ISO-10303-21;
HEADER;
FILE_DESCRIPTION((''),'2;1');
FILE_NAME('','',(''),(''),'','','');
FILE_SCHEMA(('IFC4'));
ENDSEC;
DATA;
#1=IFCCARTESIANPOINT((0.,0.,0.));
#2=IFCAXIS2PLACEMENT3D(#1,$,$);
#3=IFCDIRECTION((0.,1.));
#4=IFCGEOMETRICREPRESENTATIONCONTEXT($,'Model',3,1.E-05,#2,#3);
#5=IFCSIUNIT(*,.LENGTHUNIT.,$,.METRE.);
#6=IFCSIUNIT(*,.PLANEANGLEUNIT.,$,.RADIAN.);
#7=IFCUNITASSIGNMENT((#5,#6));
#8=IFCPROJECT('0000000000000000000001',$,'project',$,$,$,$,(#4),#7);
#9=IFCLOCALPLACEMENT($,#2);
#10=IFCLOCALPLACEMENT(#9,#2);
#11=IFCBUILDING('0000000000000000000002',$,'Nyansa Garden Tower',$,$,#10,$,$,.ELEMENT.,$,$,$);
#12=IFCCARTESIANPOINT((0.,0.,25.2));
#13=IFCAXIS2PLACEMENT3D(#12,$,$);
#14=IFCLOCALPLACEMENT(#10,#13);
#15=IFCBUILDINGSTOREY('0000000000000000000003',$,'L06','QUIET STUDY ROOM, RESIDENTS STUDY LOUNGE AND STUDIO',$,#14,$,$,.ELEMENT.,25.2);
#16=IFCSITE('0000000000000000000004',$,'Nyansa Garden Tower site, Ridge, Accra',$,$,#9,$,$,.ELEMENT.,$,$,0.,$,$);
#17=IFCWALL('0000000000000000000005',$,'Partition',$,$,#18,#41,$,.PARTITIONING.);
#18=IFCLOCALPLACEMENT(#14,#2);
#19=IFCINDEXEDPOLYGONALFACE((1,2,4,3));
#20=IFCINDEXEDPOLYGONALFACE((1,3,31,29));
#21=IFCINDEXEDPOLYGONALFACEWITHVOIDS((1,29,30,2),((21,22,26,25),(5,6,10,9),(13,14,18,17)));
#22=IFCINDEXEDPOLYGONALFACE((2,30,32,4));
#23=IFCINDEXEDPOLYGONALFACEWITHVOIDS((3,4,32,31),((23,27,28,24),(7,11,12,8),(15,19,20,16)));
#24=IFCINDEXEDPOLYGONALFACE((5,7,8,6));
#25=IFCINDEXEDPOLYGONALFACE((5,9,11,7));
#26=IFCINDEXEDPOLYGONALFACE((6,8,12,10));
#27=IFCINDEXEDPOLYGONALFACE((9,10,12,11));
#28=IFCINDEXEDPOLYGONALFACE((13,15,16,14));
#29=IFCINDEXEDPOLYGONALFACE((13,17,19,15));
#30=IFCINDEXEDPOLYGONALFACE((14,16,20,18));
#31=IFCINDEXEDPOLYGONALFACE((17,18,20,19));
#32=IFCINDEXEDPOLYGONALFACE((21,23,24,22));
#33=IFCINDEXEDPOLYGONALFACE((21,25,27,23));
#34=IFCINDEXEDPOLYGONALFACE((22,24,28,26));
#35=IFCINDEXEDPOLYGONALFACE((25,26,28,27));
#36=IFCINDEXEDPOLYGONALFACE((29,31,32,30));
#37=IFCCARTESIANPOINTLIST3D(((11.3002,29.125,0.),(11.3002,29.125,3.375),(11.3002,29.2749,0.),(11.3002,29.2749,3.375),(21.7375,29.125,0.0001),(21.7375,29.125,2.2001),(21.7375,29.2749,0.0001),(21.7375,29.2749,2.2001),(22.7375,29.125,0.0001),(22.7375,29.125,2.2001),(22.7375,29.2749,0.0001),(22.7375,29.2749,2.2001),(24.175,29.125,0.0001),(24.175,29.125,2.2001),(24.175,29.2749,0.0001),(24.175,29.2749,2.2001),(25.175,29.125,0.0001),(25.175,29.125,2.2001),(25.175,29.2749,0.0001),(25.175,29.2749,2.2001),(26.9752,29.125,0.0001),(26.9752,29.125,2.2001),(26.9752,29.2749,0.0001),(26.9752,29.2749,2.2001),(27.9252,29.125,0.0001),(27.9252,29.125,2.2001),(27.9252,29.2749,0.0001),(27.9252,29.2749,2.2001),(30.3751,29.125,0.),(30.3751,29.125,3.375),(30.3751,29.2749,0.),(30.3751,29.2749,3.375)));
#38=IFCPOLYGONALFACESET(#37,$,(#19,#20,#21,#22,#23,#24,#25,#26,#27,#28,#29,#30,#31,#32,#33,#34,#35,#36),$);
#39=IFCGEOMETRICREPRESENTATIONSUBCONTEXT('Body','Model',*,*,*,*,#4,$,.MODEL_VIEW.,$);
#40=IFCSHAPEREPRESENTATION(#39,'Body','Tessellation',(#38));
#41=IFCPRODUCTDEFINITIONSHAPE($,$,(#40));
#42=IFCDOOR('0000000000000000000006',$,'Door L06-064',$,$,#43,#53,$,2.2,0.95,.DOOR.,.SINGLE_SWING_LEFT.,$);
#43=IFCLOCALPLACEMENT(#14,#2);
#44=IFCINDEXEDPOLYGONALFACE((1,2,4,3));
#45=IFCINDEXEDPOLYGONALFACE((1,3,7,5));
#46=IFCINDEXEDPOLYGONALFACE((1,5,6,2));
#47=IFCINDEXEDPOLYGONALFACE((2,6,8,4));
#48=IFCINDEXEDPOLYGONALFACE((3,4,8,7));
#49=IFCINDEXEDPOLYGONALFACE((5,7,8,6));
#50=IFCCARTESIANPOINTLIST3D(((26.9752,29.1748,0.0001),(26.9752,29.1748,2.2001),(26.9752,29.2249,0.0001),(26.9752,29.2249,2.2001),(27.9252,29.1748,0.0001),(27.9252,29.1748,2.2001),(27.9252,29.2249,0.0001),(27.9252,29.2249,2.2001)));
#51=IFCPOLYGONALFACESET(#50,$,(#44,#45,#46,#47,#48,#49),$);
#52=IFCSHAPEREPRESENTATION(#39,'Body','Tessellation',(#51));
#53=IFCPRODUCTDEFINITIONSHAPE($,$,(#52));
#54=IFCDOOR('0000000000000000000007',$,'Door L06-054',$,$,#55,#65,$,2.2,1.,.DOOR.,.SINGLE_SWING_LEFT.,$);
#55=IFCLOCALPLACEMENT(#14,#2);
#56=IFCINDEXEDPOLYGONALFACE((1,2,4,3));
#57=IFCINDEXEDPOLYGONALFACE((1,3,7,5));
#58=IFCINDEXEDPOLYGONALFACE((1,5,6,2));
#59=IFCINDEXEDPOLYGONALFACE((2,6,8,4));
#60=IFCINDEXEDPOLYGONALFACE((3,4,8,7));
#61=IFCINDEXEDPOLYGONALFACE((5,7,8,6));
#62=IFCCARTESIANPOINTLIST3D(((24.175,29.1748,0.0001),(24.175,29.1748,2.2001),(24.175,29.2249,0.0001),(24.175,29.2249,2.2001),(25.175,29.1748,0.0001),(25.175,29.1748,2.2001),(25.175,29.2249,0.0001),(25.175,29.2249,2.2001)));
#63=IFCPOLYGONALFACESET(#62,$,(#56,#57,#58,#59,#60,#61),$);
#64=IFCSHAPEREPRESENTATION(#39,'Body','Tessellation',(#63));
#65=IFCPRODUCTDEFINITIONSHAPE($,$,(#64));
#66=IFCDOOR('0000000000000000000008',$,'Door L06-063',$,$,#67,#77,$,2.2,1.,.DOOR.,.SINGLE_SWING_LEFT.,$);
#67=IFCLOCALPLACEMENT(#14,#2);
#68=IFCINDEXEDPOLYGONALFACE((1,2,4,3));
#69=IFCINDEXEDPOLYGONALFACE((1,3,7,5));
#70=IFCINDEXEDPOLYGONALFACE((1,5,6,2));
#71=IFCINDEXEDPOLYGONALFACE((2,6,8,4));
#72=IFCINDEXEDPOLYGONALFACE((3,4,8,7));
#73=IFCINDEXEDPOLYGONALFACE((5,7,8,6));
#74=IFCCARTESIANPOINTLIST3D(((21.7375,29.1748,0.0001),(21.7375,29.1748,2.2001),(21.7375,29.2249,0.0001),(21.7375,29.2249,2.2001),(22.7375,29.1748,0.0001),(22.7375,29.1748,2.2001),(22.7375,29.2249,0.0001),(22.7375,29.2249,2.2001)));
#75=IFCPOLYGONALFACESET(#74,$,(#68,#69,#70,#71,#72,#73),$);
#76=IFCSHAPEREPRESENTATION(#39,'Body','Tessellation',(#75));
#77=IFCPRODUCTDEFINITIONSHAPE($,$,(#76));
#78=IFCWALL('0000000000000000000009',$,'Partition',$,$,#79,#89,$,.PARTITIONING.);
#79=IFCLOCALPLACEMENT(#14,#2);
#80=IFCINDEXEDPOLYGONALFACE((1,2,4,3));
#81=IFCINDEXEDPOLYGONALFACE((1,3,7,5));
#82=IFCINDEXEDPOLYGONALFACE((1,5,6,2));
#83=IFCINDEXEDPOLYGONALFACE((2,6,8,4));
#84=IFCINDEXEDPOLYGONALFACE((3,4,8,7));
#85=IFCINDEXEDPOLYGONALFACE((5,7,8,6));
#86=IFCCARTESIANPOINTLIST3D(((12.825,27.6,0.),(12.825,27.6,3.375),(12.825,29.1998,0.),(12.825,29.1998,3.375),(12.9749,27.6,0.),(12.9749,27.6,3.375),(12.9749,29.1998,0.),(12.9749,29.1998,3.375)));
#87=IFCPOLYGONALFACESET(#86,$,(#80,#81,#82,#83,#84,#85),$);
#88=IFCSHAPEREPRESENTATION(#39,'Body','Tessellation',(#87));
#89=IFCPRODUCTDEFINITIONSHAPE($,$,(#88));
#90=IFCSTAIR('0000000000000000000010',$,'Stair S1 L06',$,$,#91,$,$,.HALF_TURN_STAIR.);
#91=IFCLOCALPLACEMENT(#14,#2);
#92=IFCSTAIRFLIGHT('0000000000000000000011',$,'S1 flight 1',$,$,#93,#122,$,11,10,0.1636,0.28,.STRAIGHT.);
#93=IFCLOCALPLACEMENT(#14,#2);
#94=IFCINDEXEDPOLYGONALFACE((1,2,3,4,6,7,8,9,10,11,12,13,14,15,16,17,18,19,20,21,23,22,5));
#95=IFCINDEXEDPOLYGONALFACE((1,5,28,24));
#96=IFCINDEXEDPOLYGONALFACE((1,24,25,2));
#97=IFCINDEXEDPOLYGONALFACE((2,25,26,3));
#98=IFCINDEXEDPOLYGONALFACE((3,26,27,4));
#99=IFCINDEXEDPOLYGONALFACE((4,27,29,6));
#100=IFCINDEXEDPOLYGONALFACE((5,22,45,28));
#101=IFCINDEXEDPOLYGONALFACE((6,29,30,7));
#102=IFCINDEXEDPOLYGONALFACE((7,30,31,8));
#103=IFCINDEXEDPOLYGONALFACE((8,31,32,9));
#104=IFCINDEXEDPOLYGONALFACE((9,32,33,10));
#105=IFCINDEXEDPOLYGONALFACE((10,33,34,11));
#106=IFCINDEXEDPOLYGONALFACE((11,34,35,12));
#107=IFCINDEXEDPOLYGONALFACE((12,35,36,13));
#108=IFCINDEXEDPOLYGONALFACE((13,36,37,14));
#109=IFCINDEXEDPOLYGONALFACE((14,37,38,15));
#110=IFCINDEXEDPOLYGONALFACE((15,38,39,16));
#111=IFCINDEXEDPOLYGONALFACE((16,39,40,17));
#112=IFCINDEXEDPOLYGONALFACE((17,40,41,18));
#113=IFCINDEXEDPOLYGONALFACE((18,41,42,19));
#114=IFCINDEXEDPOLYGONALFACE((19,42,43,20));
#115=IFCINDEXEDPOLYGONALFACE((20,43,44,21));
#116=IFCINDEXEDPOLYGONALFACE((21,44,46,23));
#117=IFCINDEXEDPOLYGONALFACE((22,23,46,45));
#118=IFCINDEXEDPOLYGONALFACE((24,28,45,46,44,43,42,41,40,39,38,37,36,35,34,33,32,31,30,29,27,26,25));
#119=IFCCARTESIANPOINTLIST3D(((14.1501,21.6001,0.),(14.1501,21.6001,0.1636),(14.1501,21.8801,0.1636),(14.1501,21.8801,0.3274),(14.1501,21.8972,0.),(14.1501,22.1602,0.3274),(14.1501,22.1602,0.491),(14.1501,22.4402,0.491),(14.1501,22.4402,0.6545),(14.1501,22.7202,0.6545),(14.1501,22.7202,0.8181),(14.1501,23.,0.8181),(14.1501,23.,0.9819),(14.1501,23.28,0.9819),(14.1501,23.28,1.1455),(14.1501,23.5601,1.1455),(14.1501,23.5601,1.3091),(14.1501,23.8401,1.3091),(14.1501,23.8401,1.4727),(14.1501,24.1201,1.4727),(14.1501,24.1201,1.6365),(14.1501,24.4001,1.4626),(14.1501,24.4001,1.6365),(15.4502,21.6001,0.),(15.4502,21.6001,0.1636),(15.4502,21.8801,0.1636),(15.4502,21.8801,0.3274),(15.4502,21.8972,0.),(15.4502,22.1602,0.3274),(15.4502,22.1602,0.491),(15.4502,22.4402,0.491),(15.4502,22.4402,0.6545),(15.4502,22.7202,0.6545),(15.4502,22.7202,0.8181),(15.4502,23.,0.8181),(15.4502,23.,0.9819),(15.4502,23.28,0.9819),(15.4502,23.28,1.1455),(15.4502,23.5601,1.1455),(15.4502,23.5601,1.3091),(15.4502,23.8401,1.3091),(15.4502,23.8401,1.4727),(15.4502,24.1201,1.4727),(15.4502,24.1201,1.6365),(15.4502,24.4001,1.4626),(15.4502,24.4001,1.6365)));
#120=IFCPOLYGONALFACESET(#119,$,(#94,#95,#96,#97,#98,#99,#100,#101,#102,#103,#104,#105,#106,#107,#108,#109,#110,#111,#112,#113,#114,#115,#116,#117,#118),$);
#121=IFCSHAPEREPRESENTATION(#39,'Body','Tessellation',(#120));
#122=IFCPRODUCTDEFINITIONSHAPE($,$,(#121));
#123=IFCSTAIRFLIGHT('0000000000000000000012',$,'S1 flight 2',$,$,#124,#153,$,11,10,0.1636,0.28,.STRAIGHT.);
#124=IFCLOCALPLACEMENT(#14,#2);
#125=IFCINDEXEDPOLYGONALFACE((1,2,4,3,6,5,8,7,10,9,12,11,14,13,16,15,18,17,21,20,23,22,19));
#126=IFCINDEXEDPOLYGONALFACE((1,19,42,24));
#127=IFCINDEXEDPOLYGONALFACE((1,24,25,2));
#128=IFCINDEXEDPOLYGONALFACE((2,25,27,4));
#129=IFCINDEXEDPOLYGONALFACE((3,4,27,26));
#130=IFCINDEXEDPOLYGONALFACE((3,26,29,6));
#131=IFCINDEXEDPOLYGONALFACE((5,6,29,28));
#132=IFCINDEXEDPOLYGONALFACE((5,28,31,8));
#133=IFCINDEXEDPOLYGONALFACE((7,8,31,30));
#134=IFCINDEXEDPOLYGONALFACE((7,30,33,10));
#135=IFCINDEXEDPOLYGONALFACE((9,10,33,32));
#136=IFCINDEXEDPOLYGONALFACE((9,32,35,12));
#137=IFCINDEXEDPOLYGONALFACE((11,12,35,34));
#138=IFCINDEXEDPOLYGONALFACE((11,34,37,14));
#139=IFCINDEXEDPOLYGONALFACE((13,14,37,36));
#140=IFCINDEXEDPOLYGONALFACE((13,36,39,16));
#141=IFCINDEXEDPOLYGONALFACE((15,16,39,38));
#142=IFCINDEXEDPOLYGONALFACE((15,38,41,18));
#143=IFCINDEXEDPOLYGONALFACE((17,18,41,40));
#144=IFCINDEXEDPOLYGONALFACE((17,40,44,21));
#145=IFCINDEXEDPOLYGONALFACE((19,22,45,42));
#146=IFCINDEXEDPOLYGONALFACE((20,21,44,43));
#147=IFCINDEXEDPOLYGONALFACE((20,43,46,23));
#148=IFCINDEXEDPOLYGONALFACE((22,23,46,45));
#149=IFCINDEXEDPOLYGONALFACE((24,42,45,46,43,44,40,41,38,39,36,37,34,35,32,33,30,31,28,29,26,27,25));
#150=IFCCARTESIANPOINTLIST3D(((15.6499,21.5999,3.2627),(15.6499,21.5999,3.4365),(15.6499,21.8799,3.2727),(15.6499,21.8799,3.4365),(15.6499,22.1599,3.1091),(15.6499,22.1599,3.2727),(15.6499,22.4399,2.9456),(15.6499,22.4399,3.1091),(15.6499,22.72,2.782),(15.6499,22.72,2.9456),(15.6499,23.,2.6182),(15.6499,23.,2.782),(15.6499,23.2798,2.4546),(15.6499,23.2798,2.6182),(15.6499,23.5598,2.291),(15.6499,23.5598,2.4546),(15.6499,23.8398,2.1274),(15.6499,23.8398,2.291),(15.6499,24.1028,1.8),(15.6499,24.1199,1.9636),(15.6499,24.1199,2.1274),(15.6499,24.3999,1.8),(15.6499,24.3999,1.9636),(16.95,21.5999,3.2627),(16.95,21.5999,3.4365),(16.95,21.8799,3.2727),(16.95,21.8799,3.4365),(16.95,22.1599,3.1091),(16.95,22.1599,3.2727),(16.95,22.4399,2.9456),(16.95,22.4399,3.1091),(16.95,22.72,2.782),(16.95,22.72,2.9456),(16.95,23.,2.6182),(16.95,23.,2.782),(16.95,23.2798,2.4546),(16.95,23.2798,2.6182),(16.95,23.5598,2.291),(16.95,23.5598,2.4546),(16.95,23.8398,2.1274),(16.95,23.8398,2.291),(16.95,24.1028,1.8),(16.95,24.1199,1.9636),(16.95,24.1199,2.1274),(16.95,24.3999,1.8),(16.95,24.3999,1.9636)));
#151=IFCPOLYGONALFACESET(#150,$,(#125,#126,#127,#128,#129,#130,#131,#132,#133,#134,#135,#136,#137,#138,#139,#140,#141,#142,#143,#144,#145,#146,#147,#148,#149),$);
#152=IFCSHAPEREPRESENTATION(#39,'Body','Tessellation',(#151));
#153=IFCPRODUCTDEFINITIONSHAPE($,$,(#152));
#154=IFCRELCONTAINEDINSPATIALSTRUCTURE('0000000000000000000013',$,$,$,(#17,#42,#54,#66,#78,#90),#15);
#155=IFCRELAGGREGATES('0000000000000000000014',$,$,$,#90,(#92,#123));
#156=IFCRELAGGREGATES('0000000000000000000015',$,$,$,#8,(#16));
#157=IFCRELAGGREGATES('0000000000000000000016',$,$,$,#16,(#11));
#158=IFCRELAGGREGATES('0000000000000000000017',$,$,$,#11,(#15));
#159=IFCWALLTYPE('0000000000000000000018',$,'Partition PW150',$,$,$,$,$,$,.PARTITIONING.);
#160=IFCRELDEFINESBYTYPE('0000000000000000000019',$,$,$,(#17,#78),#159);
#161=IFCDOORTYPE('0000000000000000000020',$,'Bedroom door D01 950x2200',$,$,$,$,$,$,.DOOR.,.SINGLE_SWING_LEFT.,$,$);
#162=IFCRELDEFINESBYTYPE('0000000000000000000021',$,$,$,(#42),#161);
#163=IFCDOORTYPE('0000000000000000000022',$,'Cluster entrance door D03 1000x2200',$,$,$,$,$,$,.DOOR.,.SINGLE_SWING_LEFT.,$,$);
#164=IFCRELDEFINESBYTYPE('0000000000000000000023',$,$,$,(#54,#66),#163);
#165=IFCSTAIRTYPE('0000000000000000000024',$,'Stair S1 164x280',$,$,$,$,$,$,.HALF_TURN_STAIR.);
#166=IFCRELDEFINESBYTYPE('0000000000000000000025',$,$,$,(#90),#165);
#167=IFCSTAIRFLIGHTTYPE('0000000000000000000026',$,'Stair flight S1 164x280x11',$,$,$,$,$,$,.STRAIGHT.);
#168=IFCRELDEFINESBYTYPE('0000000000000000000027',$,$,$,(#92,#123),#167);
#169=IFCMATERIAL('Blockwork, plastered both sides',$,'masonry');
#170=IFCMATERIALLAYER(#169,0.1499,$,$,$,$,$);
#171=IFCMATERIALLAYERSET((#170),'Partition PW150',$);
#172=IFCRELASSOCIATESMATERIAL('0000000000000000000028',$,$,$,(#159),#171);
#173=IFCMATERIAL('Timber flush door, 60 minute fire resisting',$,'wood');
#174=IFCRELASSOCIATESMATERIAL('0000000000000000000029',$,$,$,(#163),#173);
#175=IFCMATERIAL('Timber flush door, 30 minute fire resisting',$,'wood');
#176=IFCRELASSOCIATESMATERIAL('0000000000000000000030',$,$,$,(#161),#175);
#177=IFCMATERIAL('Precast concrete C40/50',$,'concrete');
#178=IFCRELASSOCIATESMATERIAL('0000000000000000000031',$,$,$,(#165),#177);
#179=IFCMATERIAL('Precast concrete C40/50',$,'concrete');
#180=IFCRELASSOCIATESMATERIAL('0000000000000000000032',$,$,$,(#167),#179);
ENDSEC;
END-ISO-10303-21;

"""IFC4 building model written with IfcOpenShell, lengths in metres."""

from ifc_helpers import new_model, si_unit, direction, frame, frame_2d, origin, place, context, subcontext, project, spatial, polyline, rectangle, outline, extrude, material, layer, layer_set, type_object, element, fill, aggregate, save


model = new_model("IFC4")

# Units and contexts
model_context = context("Model", 3, precision=1e-05, world=origin(), true_north=direction((0.0, 1.0)))
body_context = subcontext(model_context, "Body", "Model", "MODEL_VIEW")
ifc_project = project(units=[si_unit("LENGTHUNIT", "METRE"), si_unit("PLANEANGLEUNIT", "RADIAN")], contexts=[model_context])

# Site, building, storey
site_placement = place(None, origin())
site = spatial("IfcSite", under=ifc_project, at=site_placement, Name="Nyansa Garden Tower site, Ridge, Accra", CompositionType="ELEMENT", RefElevation=0.0)
building_placement = place(site_placement, origin())
building = spatial("IfcBuilding", under=site, at=building_placement, Name="Nyansa Garden Tower", CompositionType="ELEMENT")
storey_placement = place(building_placement, frame((0.0, 0.0, 25.2)))
storey = spatial("IfcBuildingStorey", under=building, at=storey_placement, Name="L06", Description="QUIET STUDY ROOM, RESIDENTS STUDY LOUNGE AND STUDIO", CompositionType="ELEMENT", Elevation=25.2)

# Shared definitions
ifc_material_1 = material(Name="Blockwork, plastered both sides", Category="masonry")
ifc_layer_1 = layer(ifc_material_1, 0.1499)
ifc_layer_set_1 = layer_set([ifc_layer_1], Name="Partition PW150")
wall_type_1 = type_object("IfcWallType", Name="Partition PW150", PredefinedType="PARTITIONING", material=ifc_layer_set_1)

# Shared definitions
ifc_material_2 = material(Name="Timber flush door, 60 minute fire resisting", Category="wood")
door_type_1 = type_object("IfcDoorType", Name="Cluster entrance door D03 1000x2200", OperationType="SINGLE_SWING_LEFT", PredefinedType="DOOR", material=ifc_material_2)

# Shared definitions
ifc_material_3 = material(Name="Timber flush door, 30 minute fire resisting", Category="wood")
door_type_2 = type_object("IfcDoorType", Name="Bedroom door D01 950x2200", OperationType="SINGLE_SWING_LEFT", PredefinedType="DOOR", material=ifc_material_3)

# Wall, openings, doors
wall_1_placement = place(storey_placement, frame((11.3, 29.2, 0.0), z_axis=(0.0, 0.0, 1.0), x_axis=(1.0, 0.0, 0.0)))
wall_1 = element("IfcWall", 1, at=wall_1_placement, inside=storey, type_object=wall_type_1, Name="Partition", PredefinedType="PARTITIONING", context=body_context, shape_type="SweptSolid", body=[
    extrude(rectangle(XDim=19.075, YDim=0.1499, at=frame_2d((9.5376, 0.0))), origin(), (0.0, 0.0, 1.0), 3.375),
])
opening_1_placement = place(wall_1_placement, frame((12.875, 0.0, 0.0)))
opening_1 = element("IfcOpeningElement", 2, at=opening_1_placement, cuts=wall_1, PredefinedType="OPENING", context=body_context, shape_type="SweptSolid", body=[
    extrude(rectangle(XDim=1.0, YDim=2.2, at=frame_2d((0.5, 1.1001))), frame((0.0, 0.085, 0.0), z_axis=(0.0, -1.0, 0.0), x_axis=(1.0, 0.0, 0.0)), (0.0, 0.0, 1.0), 0.1699),
])
opening_2_placement = place(wall_1_placement, frame((10.4375, 0.0, 0.0)))
opening_2 = element("IfcOpeningElement", 3, at=opening_2_placement, cuts=wall_1, PredefinedType="OPENING", context=body_context, shape_type="SweptSolid", body=[
    extrude(rectangle(XDim=1.0, YDim=2.2, at=frame_2d((0.5, 1.1001))), frame((0.0, 0.085, 0.0), z_axis=(0.0, -1.0, 0.0), x_axis=(1.0, 0.0, 0.0)), (0.0, 0.0, 1.0), 0.1699),
])
opening_3_placement = place(wall_1_placement, frame((15.675, 0.0, 0.0)))
opening_3 = element("IfcOpeningElement", 4, at=opening_3_placement, cuts=wall_1, PredefinedType="OPENING", context=body_context, shape_type="SweptSolid", body=[
    extrude(rectangle(XDim=0.95, YDim=2.2, at=frame_2d((0.4751, 1.1001))), frame((0.0, 0.085, 0.0), z_axis=(0.0, -1.0, 0.0), x_axis=(1.0, 0.0, 0.0)), (0.0, 0.0, 1.0), 0.1699),
])
door_1_placement = place(opening_3_placement, origin())
door_1 = element("IfcDoor", 5, at=door_1_placement, inside=storey, type_object=door_type_2, Name="Door L06-064", OperationType="SINGLE_SWING_LEFT", OverallHeight=2.2, OverallWidth=0.95, PredefinedType="DOOR", context=body_context, shape_type="SweptSolid", body=[
    extrude(rectangle(XDim=0.95, YDim=2.2, at=frame_2d((0.4751, 1.1001))), frame((0.0, 0.0249, 0.0), z_axis=(0.0, -1.0, 0.0), x_axis=(1.0, 0.0, 0.0)), (0.0, 0.0, 1.0), 0.05),
])
fill(opening_3, door_1)
door_2_placement = place(opening_1_placement, origin())
door_2 = element("IfcDoor", 6, at=door_2_placement, inside=storey, type_object=door_type_1, Name="Door L06-054", OperationType="SINGLE_SWING_LEFT", OverallHeight=2.2, OverallWidth=1.0, PredefinedType="DOOR", context=body_context, shape_type="SweptSolid", body=[
    extrude(rectangle(XDim=1.0, YDim=2.2, at=frame_2d((0.5, 1.1001))), frame((0.0, 0.0249, 0.0), z_axis=(0.0, -1.0, 0.0), x_axis=(1.0, 0.0, 0.0)), (0.0, 0.0, 1.0), 0.05),
])
fill(opening_1, door_2)
door_3_placement = place(opening_2_placement, origin())
door_3 = element("IfcDoor", 7, at=door_3_placement, inside=storey, type_object=door_type_1, Name="Door L06-063", OperationType="SINGLE_SWING_LEFT", OverallHeight=2.2, OverallWidth=1.0, PredefinedType="DOOR", context=body_context, shape_type="SweptSolid", body=[
    extrude(rectangle(XDim=1.0, YDim=2.2, at=frame_2d((0.5, 1.1001))), frame((0.0, 0.0249, 0.0), z_axis=(0.0, -1.0, 0.0), x_axis=(1.0, 0.0, 0.0)), (0.0, 0.0, 1.0), 0.05),
])
fill(opening_2, door_3)

# Wall
wall_2_placement = place(storey_placement, frame((12.8999, 27.6001, 0.0), z_axis=(0.0, 0.0, 1.0), x_axis=(0.0, 1.0, 0.0)))
element("IfcWall", 8, at=wall_2_placement, inside=storey, type_object=wall_type_1, Name="Partition", PredefinedType="PARTITIONING", context=body_context, shape_type="SweptSolid", body=[
    extrude(rectangle(XDim=1.5999, YDim=0.1499, at=frame_2d((0.7998, 0.0))), origin(), (0.0, 0.0, 1.0), 3.375),
])

# Stair, stair flights
ifc_material_4 = material(Name="Precast concrete C40/50", Category="concrete")
stair_type = type_object("IfcStairType", Name="Stair S1 164x280", PredefinedType="HALF_TURN_STAIR", material=ifc_material_4)
stair_placement = place(storey_placement, origin())
stair = element("IfcStair", 9, at=stair_placement, inside=storey, type_object=stair_type, Name="Stair S1 L06", PredefinedType="HALF_TURN_STAIR")
ifc_material_5 = material(Name="Precast concrete C40/50", Category="concrete")
stair_flight_type = type_object("IfcStairFlightType", Name="Stair flight S1 164x280x11", PredefinedType="STRAIGHT", material=ifc_material_5)
stair_flight_1_placement = place(storey_placement, frame((14.8, 21.6001, 0.0), z_axis=(0.0, 0.0, 1.0), x_axis=(0.0, 1.0, 0.0)))
stair_flight_1 = element("IfcStairFlight", 10, at=stair_flight_1_placement, type_object=stair_flight_type, Name="S1 flight 1", NumberOfRisers=11, NumberOfTreads=10, PredefinedType="STRAIGHT", RiserHeight=0.1636, TreadLength=0.28, context=body_context, shape_type="SweptSolid", body=[
    extrude(outline(polyline([(0.0, 0.0), (0.0, 0.1636), (0.28, 0.1636), (0.28, 0.3274), (0.5601, 0.3274), (0.5601, 0.491), (0.8401, 0.491), (0.8401, 0.6545), (1.1201, 0.6545), (1.1201, 0.8181), (1.3999, 0.8181), (1.3999, 0.9819), (1.6799, 0.9819), (1.6799, 1.1455), (1.96, 1.1455), (1.96, 1.3091), (2.24, 1.3091), (2.24, 1.4727), (2.52, 1.4727), (2.52, 1.6365), (2.8, 1.6365), (2.8, 1.8), (2.8, 1.4626), (0.2971, 0.0), (0.0, 0.0)])), frame((0.0, 0.6499, 0.0), z_axis=(0.0, -1.0, 0.0), x_axis=(1.0, 0.0, 0.0)), (0.0, 0.0, 1.0), 1.3),
])
stair_flight_2_placement = place(storey_placement, frame((16.3, 24.3999, 1.8), z_axis=(0.0, 0.0, 1.0), x_axis=(0.0, -1.0, 0.0)))
stair_flight_2 = element("IfcStairFlight", 11, at=stair_flight_2_placement, type_object=stair_flight_type, Name="S1 flight 2", NumberOfRisers=11, NumberOfTreads=10, PredefinedType="STRAIGHT", RiserHeight=0.1636, TreadLength=0.28, context=body_context, shape_type="SweptSolid", body=[
    extrude(outline(polyline([(0.0, 0.0), (0.0, 0.1636), (0.28, 0.1636), (0.28, 0.3274), (0.5601, 0.3274), (0.5601, 0.491), (0.8401, 0.491), (0.8401, 0.6545), (1.1201, 0.6545), (1.1201, 0.8181), (1.3999, 0.8181), (1.3999, 0.9819), (1.6799, 0.9819), (1.6799, 1.1455), (1.96, 1.1455), (1.96, 1.3091), (2.24, 1.3091), (2.24, 1.4727), (2.52, 1.4727), (2.52, 1.6365), (2.8, 1.6365), (2.8, 1.8), (2.8, 1.4626), (0.2971, 0.0), (0.0, 0.0)])), frame((0.0, 0.6499, 0.0), z_axis=(0.0, -1.0, 0.0), x_axis=(1.0, 0.0, 0.0)), (0.0, 0.0, 1.0), 1.3),
])
aggregate(stair, [stair_flight_1, stair_flight_2])

save(model, "model.ifc")
